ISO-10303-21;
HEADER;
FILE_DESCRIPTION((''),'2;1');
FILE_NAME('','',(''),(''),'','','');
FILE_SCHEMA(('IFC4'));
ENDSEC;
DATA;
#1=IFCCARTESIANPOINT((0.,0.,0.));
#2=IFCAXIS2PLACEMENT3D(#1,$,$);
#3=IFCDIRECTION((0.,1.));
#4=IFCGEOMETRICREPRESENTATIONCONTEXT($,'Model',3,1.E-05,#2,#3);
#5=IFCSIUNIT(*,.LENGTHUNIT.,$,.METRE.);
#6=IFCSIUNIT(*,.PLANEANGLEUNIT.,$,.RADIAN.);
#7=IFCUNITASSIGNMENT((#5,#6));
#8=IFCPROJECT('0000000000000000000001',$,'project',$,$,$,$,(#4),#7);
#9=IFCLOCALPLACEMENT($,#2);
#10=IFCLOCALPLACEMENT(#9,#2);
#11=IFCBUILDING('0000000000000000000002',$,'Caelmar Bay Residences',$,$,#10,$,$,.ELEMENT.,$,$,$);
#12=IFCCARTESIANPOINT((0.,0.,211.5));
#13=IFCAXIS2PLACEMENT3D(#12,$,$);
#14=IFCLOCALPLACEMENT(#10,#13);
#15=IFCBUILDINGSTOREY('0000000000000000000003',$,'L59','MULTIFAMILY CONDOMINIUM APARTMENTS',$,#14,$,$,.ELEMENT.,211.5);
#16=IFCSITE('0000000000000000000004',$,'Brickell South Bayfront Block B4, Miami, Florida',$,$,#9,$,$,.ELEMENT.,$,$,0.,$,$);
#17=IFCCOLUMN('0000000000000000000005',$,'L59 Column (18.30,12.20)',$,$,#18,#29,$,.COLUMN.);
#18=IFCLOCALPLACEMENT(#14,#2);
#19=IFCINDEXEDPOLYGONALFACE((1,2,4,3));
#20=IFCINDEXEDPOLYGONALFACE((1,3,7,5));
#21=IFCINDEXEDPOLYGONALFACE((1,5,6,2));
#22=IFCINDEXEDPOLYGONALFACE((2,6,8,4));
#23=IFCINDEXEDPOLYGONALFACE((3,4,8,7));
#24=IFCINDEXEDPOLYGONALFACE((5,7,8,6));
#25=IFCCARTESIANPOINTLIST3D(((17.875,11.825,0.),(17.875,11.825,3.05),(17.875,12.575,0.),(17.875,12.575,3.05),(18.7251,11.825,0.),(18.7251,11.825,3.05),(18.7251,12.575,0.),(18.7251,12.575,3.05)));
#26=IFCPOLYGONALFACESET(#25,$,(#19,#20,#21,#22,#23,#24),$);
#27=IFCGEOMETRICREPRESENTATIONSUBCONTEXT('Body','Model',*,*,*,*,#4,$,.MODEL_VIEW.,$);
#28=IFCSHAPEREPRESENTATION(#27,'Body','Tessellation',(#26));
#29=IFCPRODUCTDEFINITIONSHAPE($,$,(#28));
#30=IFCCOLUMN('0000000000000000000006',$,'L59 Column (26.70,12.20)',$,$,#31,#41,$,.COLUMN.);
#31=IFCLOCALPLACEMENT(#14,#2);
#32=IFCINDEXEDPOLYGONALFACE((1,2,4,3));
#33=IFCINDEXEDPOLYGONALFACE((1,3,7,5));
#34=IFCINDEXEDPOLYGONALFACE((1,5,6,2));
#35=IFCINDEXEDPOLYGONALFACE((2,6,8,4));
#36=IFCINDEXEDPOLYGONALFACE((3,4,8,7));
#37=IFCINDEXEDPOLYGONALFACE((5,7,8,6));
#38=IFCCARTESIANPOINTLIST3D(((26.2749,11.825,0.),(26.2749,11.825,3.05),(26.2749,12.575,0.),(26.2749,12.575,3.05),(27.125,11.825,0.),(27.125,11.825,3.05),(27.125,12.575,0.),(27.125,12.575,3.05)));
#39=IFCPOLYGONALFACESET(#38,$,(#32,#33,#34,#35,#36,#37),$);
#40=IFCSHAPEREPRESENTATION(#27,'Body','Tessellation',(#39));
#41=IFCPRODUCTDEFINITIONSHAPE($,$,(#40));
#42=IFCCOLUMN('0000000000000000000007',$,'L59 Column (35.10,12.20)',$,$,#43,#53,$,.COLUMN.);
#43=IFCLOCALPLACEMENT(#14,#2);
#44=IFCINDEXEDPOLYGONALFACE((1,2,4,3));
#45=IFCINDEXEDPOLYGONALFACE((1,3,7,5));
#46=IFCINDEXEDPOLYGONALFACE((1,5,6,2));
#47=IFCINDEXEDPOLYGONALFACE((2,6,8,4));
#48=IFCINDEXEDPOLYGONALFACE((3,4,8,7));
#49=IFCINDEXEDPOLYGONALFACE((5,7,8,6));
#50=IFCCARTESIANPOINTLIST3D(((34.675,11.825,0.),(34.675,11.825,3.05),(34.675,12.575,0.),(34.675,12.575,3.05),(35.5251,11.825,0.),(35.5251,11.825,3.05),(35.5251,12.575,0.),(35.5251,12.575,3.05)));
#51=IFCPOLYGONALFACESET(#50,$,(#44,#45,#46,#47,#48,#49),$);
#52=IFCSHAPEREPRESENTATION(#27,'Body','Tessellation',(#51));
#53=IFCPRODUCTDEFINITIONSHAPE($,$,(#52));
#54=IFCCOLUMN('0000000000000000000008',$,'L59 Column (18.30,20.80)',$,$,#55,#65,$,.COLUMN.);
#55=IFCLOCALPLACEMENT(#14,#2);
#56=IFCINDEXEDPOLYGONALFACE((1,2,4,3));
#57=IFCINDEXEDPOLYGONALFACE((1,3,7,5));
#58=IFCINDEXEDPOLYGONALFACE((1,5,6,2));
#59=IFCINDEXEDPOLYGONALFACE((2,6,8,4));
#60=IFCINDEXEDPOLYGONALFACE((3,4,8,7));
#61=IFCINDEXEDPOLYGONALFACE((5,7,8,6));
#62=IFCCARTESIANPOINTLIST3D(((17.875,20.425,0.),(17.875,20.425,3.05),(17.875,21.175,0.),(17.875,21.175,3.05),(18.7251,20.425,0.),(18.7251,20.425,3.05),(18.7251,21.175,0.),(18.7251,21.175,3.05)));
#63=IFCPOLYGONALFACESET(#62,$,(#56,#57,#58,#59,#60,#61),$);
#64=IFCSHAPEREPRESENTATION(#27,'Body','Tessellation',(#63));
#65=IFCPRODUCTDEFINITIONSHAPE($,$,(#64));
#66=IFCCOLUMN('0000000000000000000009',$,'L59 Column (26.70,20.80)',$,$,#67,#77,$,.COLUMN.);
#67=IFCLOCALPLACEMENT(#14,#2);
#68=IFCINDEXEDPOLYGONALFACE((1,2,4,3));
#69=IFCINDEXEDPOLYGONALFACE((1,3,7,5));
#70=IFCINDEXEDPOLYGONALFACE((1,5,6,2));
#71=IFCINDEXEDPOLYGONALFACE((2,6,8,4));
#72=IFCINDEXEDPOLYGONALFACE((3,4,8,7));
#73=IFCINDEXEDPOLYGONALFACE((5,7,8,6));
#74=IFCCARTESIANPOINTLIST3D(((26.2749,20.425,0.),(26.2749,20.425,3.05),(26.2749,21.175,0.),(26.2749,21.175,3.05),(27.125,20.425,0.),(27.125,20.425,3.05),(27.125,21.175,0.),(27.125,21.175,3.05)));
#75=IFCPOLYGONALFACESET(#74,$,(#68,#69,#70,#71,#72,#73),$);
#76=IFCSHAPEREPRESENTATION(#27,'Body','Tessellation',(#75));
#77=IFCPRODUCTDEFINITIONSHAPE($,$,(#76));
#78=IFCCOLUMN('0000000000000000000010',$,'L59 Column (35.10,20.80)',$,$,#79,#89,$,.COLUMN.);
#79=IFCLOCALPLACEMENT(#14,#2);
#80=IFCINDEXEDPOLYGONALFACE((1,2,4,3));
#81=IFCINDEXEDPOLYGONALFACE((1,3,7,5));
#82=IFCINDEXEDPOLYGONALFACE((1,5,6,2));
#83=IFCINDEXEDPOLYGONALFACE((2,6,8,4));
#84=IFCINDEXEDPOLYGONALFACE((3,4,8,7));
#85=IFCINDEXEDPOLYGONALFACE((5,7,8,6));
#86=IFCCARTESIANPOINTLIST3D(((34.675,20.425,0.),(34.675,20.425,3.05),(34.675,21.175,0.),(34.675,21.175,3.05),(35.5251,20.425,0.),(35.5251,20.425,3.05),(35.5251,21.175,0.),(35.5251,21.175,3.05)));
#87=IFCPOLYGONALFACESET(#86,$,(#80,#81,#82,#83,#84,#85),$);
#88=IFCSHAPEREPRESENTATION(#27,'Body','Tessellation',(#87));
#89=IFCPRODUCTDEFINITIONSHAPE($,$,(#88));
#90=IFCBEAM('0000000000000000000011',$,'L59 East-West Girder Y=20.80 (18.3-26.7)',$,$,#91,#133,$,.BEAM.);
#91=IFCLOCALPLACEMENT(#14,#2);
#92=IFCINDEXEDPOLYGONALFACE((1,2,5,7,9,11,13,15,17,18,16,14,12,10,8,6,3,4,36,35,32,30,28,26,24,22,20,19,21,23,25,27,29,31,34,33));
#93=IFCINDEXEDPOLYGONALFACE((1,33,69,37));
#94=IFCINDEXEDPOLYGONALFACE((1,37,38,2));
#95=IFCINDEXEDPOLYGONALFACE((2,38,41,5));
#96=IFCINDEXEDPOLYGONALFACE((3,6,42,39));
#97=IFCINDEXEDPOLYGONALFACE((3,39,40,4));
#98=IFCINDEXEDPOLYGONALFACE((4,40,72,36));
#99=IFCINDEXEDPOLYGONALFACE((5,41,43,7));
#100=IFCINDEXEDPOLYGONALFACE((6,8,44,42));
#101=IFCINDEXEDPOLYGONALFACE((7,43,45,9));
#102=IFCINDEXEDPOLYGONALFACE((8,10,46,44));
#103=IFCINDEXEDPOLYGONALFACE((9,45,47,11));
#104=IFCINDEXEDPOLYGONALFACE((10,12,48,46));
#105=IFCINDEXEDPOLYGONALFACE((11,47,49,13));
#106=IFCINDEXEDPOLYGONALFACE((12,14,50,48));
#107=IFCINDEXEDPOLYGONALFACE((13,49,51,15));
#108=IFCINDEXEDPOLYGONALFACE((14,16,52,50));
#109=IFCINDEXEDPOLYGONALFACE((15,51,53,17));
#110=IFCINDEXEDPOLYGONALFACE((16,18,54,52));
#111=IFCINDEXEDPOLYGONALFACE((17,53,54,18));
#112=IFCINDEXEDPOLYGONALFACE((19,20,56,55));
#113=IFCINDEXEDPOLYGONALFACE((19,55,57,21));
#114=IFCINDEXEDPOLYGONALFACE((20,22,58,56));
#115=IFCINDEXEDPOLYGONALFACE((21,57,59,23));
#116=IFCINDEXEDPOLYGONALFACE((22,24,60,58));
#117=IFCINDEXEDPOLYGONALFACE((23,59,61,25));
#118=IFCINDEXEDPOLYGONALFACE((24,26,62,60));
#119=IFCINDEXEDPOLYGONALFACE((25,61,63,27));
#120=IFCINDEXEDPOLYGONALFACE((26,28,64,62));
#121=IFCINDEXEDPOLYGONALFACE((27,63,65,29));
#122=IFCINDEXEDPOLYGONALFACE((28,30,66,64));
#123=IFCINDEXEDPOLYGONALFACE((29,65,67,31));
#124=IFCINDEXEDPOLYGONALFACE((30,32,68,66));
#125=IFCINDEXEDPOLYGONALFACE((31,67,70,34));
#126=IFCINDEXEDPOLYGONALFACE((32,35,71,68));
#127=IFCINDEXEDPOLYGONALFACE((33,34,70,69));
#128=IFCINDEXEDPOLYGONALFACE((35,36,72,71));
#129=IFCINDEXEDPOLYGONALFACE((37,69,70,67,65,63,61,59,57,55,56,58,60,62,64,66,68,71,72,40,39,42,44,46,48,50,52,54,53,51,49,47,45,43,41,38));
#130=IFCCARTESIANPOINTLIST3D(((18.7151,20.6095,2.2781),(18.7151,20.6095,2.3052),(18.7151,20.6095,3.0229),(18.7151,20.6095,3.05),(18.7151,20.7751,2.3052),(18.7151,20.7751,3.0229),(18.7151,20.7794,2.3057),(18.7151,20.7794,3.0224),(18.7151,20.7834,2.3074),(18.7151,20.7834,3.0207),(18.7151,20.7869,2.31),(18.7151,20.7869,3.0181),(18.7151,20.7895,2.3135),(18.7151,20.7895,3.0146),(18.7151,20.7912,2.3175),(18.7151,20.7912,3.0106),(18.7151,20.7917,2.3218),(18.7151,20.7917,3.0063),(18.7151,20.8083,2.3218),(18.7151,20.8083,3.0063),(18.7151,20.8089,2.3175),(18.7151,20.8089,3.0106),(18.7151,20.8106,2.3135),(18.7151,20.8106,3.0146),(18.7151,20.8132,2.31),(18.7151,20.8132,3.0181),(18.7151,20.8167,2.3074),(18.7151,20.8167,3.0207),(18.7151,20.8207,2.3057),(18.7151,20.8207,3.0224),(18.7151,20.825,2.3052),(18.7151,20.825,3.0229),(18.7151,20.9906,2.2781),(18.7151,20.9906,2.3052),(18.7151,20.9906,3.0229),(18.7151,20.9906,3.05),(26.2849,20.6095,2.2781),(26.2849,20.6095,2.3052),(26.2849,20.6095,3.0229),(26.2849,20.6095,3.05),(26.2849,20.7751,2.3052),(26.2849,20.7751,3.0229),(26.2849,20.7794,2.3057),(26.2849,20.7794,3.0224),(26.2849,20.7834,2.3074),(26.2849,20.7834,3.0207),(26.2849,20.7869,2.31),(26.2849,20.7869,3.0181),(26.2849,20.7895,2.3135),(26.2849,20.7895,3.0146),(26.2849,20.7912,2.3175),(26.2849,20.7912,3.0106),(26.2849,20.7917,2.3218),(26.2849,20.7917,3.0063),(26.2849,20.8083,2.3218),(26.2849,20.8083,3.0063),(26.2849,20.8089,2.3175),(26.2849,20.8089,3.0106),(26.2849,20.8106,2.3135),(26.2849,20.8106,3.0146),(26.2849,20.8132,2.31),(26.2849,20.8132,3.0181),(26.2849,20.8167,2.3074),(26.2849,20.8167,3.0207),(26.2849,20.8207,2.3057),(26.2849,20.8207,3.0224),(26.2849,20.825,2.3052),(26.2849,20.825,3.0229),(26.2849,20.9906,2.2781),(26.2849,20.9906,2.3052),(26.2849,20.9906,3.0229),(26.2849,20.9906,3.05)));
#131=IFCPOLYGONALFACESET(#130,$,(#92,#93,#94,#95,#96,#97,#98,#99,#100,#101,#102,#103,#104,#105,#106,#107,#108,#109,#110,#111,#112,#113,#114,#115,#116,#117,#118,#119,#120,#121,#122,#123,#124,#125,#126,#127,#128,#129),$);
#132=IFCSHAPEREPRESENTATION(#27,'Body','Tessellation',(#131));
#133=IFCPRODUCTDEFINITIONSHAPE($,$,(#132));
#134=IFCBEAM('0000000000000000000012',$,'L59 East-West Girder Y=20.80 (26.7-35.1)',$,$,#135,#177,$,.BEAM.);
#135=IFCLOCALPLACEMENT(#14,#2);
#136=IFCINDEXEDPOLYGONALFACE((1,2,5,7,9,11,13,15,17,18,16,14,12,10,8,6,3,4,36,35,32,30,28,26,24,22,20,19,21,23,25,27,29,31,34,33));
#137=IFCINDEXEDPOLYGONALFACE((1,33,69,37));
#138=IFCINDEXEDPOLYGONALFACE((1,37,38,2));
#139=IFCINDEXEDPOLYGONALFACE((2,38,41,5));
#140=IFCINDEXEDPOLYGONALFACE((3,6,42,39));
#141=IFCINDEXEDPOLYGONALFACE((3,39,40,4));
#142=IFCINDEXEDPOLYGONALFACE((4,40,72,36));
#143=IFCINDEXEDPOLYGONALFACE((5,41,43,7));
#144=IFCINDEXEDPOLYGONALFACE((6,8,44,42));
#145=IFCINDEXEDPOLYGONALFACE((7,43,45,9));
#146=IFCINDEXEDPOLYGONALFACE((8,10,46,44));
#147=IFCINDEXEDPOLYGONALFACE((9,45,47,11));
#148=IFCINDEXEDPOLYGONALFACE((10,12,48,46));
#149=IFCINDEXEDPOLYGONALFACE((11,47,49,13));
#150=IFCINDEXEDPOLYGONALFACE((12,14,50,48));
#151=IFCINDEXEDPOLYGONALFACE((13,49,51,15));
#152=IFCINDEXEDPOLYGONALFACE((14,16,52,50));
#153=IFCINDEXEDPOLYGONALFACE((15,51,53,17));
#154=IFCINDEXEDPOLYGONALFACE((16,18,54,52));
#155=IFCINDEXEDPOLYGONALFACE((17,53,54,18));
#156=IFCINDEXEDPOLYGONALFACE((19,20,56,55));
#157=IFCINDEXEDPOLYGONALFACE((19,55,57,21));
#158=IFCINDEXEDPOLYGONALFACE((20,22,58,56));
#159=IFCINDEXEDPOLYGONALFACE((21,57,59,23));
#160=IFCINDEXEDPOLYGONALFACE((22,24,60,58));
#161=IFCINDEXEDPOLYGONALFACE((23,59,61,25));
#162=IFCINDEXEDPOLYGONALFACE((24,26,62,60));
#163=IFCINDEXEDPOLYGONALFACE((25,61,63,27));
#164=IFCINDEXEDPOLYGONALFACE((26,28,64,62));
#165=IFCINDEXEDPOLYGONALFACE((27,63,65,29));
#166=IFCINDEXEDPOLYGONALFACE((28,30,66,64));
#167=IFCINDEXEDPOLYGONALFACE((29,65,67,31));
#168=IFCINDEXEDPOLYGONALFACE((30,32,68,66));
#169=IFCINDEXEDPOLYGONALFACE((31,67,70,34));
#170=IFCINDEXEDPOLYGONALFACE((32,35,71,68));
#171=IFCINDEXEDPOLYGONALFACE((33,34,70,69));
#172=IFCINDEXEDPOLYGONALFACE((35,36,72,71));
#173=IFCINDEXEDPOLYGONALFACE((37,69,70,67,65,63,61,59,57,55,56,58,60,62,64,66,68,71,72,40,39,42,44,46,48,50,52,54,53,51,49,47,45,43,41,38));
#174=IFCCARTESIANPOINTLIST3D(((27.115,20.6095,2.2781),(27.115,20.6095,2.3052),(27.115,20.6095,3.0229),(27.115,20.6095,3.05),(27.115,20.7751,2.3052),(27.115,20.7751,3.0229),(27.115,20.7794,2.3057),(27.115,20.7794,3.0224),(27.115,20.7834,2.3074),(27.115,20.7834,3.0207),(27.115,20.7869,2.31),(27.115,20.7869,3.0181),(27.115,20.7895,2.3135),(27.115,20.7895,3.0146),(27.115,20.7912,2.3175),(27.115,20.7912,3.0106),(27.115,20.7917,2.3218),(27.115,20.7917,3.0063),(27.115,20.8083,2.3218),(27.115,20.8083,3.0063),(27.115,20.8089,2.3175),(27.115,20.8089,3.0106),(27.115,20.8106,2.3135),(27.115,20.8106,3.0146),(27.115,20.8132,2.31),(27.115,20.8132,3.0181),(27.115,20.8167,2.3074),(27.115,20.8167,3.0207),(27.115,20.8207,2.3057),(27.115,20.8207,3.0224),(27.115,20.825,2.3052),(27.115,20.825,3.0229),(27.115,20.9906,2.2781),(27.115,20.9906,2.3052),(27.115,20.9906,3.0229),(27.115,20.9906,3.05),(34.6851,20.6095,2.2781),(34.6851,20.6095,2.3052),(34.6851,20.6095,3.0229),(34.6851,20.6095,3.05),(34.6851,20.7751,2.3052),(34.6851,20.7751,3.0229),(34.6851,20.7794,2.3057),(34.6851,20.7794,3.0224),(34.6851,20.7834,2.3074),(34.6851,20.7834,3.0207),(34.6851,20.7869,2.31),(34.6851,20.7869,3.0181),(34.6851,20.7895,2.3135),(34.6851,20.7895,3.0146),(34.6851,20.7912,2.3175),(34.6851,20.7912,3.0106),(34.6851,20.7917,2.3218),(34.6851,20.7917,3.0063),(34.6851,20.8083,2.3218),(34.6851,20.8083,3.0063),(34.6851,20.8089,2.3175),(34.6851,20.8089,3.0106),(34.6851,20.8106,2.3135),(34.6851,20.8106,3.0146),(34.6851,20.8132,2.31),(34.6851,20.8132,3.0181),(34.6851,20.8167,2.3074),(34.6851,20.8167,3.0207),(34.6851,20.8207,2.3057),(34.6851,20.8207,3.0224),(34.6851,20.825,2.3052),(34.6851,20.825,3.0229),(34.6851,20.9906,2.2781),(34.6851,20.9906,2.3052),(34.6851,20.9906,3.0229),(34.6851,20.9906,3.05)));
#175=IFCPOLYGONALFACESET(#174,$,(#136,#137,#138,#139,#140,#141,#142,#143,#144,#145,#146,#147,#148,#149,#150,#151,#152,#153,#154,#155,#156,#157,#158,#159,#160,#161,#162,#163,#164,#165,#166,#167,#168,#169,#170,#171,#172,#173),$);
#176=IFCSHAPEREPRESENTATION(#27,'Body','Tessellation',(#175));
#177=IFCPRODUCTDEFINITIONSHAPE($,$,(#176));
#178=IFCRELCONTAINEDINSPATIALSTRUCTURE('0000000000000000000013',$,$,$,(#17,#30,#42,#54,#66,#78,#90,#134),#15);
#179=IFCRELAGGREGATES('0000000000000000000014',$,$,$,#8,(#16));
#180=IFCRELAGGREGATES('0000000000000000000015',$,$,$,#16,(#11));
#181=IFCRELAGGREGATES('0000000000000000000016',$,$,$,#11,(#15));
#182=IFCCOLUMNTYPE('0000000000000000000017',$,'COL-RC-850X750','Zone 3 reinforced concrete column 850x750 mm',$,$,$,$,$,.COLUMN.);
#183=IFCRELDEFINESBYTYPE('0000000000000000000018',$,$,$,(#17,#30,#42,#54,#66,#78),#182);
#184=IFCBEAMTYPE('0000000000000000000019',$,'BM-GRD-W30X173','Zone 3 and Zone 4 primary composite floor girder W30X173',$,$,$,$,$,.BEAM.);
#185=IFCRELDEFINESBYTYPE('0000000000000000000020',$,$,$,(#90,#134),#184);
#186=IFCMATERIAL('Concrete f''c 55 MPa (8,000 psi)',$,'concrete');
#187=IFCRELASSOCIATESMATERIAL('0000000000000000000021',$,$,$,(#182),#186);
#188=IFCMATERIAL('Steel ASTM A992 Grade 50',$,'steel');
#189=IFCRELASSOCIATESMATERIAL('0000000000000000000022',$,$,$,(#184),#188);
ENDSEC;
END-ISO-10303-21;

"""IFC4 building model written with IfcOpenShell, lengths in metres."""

from ifc_helpers import new_model, si_unit, direction, frame, origin, origin_2d, place, context, subcontext, project, spatial, rectangle, i_section, extrude, material, material_profile, profile_set, type_object, element, save


model = new_model("IFC4")

# Units and contexts
model_context = context("Model", 3, precision=1e-05, world=origin(), true_north=direction((0.0, 1.0)))
body_context = subcontext(model_context, "Body", "Model", "MODEL_VIEW")
ifc_project = project(units=[si_unit("LENGTHUNIT", "METRE"), si_unit("PLANEANGLEUNIT", "RADIAN")], contexts=[model_context])

# Site, building, storey
site_placement = place(None, origin())
site = spatial("IfcSite", under=ifc_project, at=site_placement, Name="Brickell South Bayfront Block B4, Miami, Florida", CompositionType="ELEMENT", RefElevation=0.0)
building_placement = place(site_placement, origin())
building = spatial("IfcBuilding", under=site, at=building_placement, Name="Caelmar Bay Residences", CompositionType="ELEMENT")
storey_placement = place(building_placement, frame((0.0, 0.0, 211.5)))
storey = spatial("IfcBuildingStorey", under=building, at=storey_placement, Name="L59", Description="MULTIFAMILY CONDOMINIUM APARTMENTS", CompositionType="ELEMENT", Elevation=211.5)

# Columns
ifc_material_1 = material(Name="Concrete f'c 55 MPa (8,000 psi)", Category="concrete")
ifc_material_profile_1 = material_profile(ifc_material_1, rectangle(XDim=0.8501, YDim=0.75, at=origin_2d()), Name="RC-COL-850X750")
ifc_profile_set_1 = profile_set([ifc_material_profile_1], Name="Concrete f'c 55 MPa (8,000 psi)")
column_type = type_object("IfcColumnType", Name="COL-RC-850X750", Description="Zone 3 reinforced concrete column 850x750 mm", PredefinedType="COLUMN", material=ifc_profile_set_1)
for number, where, z_axis, x_axis, name in (
    (1, (18.3, 12.2, 0.0), (0.0, 0.0, 1.0), (1.0, 0.0, 0.0), "L59 Column (18.30,12.20)"),
    (2, (26.7, 12.2, 0.0), (0.0, 0.0, 1.0), (1.0, 0.0, 0.0), "L59 Column (26.70,12.20)"),
    (3, (35.1001, 12.2, 0.0), (0.0, 0.0, 1.0), (1.0, 0.0, 0.0), "L59 Column (35.10,12.20)"),
    (4, (18.3, 20.8, 0.0), (0.0, 0.0, 1.0), (1.0, 0.0, 0.0), "L59 Column (18.30,20.80)"),
    (5, (26.7, 20.8, 0.0), (0.0, 0.0, 1.0), (1.0, 0.0, 0.0), "L59 Column (26.70,20.80)"),
    (6, (35.1001, 20.8, 0.0), (0.0, 0.0, 1.0), (1.0, 0.0, 0.0), "L59 Column (35.10,20.80)"),
):
    element("IfcColumn", number, at=place(storey_placement, frame(where, z_axis=z_axis, x_axis=x_axis)), inside=storey, type_object=column_type, Name=name, PredefinedType="COLUMN", context=body_context, shape_type="SweptSolid", body=[
        extrude(rectangle(XDim=0.8501, YDim=0.75, at=origin_2d()), origin(), (0.0, 0.0, 1.0), 3.05),
    ])

# Beams
ifc_material_2 = material(Name="Steel ASTM A992 Grade 50", Category="steel")
ifc_material_profile_2 = material_profile(ifc_material_2, i_section(OverallWidth=0.3811, OverallDepth=0.772, WebThickness=0.0166, FlangeThickness=0.0271, FilletRadius=0.0166, at=origin_2d()), Name="W30X173")
ifc_profile_set_2 = profile_set([ifc_material_profile_2], Name="Steel ASTM A992 Grade 50")
beam_type_1 = type_object("IfcBeamType", Name="BM-GRD-W30X173", Description="Zone 3 and Zone 4 primary composite floor girder W30X173", PredefinedType="BEAM", material=ifc_profile_set_2)
beam_1_placement = place(storey_placement, frame((18.7151, 20.8, 2.6641), z_axis=(1.0, 0.0, 0.0), x_axis=(0.0, 1.0, 0.0)))
element("IfcBeam", 7, at=beam_1_placement, inside=storey, type_object=beam_type_1, Name="L59 East-West Girder Y=20.80 (18.3-26.7)", PredefinedType="BEAM", context=body_context, shape_type="SweptSolid", body=[
    extrude(i_section(OverallWidth=0.3811, OverallDepth=0.772, WebThickness=0.0166, FlangeThickness=0.0271, FilletRadius=0.0166, at=origin_2d()), origin(), (0.0, 0.0, 1.0), 7.5698),
])
beam_2_placement = place(storey_placement, frame((27.115, 20.8, 2.6641), z_axis=(1.0, 0.0, 0.0), x_axis=(0.0, 1.0, 0.0)))
element("IfcBeam", 8, at=beam_2_placement, inside=storey, type_object=beam_type_1, Name="L59 East-West Girder Y=20.80 (26.7-35.1)", PredefinedType="BEAM", context=body_context, shape_type="SweptSolid", body=[
    extrude(i_section(OverallWidth=0.3811, OverallDepth=0.772, WebThickness=0.0166, FlangeThickness=0.0271, FilletRadius=0.0166, at=origin_2d()), origin(), (0.0, 0.0, 1.0), 7.5701),
])

save(model, "model.ifc")
